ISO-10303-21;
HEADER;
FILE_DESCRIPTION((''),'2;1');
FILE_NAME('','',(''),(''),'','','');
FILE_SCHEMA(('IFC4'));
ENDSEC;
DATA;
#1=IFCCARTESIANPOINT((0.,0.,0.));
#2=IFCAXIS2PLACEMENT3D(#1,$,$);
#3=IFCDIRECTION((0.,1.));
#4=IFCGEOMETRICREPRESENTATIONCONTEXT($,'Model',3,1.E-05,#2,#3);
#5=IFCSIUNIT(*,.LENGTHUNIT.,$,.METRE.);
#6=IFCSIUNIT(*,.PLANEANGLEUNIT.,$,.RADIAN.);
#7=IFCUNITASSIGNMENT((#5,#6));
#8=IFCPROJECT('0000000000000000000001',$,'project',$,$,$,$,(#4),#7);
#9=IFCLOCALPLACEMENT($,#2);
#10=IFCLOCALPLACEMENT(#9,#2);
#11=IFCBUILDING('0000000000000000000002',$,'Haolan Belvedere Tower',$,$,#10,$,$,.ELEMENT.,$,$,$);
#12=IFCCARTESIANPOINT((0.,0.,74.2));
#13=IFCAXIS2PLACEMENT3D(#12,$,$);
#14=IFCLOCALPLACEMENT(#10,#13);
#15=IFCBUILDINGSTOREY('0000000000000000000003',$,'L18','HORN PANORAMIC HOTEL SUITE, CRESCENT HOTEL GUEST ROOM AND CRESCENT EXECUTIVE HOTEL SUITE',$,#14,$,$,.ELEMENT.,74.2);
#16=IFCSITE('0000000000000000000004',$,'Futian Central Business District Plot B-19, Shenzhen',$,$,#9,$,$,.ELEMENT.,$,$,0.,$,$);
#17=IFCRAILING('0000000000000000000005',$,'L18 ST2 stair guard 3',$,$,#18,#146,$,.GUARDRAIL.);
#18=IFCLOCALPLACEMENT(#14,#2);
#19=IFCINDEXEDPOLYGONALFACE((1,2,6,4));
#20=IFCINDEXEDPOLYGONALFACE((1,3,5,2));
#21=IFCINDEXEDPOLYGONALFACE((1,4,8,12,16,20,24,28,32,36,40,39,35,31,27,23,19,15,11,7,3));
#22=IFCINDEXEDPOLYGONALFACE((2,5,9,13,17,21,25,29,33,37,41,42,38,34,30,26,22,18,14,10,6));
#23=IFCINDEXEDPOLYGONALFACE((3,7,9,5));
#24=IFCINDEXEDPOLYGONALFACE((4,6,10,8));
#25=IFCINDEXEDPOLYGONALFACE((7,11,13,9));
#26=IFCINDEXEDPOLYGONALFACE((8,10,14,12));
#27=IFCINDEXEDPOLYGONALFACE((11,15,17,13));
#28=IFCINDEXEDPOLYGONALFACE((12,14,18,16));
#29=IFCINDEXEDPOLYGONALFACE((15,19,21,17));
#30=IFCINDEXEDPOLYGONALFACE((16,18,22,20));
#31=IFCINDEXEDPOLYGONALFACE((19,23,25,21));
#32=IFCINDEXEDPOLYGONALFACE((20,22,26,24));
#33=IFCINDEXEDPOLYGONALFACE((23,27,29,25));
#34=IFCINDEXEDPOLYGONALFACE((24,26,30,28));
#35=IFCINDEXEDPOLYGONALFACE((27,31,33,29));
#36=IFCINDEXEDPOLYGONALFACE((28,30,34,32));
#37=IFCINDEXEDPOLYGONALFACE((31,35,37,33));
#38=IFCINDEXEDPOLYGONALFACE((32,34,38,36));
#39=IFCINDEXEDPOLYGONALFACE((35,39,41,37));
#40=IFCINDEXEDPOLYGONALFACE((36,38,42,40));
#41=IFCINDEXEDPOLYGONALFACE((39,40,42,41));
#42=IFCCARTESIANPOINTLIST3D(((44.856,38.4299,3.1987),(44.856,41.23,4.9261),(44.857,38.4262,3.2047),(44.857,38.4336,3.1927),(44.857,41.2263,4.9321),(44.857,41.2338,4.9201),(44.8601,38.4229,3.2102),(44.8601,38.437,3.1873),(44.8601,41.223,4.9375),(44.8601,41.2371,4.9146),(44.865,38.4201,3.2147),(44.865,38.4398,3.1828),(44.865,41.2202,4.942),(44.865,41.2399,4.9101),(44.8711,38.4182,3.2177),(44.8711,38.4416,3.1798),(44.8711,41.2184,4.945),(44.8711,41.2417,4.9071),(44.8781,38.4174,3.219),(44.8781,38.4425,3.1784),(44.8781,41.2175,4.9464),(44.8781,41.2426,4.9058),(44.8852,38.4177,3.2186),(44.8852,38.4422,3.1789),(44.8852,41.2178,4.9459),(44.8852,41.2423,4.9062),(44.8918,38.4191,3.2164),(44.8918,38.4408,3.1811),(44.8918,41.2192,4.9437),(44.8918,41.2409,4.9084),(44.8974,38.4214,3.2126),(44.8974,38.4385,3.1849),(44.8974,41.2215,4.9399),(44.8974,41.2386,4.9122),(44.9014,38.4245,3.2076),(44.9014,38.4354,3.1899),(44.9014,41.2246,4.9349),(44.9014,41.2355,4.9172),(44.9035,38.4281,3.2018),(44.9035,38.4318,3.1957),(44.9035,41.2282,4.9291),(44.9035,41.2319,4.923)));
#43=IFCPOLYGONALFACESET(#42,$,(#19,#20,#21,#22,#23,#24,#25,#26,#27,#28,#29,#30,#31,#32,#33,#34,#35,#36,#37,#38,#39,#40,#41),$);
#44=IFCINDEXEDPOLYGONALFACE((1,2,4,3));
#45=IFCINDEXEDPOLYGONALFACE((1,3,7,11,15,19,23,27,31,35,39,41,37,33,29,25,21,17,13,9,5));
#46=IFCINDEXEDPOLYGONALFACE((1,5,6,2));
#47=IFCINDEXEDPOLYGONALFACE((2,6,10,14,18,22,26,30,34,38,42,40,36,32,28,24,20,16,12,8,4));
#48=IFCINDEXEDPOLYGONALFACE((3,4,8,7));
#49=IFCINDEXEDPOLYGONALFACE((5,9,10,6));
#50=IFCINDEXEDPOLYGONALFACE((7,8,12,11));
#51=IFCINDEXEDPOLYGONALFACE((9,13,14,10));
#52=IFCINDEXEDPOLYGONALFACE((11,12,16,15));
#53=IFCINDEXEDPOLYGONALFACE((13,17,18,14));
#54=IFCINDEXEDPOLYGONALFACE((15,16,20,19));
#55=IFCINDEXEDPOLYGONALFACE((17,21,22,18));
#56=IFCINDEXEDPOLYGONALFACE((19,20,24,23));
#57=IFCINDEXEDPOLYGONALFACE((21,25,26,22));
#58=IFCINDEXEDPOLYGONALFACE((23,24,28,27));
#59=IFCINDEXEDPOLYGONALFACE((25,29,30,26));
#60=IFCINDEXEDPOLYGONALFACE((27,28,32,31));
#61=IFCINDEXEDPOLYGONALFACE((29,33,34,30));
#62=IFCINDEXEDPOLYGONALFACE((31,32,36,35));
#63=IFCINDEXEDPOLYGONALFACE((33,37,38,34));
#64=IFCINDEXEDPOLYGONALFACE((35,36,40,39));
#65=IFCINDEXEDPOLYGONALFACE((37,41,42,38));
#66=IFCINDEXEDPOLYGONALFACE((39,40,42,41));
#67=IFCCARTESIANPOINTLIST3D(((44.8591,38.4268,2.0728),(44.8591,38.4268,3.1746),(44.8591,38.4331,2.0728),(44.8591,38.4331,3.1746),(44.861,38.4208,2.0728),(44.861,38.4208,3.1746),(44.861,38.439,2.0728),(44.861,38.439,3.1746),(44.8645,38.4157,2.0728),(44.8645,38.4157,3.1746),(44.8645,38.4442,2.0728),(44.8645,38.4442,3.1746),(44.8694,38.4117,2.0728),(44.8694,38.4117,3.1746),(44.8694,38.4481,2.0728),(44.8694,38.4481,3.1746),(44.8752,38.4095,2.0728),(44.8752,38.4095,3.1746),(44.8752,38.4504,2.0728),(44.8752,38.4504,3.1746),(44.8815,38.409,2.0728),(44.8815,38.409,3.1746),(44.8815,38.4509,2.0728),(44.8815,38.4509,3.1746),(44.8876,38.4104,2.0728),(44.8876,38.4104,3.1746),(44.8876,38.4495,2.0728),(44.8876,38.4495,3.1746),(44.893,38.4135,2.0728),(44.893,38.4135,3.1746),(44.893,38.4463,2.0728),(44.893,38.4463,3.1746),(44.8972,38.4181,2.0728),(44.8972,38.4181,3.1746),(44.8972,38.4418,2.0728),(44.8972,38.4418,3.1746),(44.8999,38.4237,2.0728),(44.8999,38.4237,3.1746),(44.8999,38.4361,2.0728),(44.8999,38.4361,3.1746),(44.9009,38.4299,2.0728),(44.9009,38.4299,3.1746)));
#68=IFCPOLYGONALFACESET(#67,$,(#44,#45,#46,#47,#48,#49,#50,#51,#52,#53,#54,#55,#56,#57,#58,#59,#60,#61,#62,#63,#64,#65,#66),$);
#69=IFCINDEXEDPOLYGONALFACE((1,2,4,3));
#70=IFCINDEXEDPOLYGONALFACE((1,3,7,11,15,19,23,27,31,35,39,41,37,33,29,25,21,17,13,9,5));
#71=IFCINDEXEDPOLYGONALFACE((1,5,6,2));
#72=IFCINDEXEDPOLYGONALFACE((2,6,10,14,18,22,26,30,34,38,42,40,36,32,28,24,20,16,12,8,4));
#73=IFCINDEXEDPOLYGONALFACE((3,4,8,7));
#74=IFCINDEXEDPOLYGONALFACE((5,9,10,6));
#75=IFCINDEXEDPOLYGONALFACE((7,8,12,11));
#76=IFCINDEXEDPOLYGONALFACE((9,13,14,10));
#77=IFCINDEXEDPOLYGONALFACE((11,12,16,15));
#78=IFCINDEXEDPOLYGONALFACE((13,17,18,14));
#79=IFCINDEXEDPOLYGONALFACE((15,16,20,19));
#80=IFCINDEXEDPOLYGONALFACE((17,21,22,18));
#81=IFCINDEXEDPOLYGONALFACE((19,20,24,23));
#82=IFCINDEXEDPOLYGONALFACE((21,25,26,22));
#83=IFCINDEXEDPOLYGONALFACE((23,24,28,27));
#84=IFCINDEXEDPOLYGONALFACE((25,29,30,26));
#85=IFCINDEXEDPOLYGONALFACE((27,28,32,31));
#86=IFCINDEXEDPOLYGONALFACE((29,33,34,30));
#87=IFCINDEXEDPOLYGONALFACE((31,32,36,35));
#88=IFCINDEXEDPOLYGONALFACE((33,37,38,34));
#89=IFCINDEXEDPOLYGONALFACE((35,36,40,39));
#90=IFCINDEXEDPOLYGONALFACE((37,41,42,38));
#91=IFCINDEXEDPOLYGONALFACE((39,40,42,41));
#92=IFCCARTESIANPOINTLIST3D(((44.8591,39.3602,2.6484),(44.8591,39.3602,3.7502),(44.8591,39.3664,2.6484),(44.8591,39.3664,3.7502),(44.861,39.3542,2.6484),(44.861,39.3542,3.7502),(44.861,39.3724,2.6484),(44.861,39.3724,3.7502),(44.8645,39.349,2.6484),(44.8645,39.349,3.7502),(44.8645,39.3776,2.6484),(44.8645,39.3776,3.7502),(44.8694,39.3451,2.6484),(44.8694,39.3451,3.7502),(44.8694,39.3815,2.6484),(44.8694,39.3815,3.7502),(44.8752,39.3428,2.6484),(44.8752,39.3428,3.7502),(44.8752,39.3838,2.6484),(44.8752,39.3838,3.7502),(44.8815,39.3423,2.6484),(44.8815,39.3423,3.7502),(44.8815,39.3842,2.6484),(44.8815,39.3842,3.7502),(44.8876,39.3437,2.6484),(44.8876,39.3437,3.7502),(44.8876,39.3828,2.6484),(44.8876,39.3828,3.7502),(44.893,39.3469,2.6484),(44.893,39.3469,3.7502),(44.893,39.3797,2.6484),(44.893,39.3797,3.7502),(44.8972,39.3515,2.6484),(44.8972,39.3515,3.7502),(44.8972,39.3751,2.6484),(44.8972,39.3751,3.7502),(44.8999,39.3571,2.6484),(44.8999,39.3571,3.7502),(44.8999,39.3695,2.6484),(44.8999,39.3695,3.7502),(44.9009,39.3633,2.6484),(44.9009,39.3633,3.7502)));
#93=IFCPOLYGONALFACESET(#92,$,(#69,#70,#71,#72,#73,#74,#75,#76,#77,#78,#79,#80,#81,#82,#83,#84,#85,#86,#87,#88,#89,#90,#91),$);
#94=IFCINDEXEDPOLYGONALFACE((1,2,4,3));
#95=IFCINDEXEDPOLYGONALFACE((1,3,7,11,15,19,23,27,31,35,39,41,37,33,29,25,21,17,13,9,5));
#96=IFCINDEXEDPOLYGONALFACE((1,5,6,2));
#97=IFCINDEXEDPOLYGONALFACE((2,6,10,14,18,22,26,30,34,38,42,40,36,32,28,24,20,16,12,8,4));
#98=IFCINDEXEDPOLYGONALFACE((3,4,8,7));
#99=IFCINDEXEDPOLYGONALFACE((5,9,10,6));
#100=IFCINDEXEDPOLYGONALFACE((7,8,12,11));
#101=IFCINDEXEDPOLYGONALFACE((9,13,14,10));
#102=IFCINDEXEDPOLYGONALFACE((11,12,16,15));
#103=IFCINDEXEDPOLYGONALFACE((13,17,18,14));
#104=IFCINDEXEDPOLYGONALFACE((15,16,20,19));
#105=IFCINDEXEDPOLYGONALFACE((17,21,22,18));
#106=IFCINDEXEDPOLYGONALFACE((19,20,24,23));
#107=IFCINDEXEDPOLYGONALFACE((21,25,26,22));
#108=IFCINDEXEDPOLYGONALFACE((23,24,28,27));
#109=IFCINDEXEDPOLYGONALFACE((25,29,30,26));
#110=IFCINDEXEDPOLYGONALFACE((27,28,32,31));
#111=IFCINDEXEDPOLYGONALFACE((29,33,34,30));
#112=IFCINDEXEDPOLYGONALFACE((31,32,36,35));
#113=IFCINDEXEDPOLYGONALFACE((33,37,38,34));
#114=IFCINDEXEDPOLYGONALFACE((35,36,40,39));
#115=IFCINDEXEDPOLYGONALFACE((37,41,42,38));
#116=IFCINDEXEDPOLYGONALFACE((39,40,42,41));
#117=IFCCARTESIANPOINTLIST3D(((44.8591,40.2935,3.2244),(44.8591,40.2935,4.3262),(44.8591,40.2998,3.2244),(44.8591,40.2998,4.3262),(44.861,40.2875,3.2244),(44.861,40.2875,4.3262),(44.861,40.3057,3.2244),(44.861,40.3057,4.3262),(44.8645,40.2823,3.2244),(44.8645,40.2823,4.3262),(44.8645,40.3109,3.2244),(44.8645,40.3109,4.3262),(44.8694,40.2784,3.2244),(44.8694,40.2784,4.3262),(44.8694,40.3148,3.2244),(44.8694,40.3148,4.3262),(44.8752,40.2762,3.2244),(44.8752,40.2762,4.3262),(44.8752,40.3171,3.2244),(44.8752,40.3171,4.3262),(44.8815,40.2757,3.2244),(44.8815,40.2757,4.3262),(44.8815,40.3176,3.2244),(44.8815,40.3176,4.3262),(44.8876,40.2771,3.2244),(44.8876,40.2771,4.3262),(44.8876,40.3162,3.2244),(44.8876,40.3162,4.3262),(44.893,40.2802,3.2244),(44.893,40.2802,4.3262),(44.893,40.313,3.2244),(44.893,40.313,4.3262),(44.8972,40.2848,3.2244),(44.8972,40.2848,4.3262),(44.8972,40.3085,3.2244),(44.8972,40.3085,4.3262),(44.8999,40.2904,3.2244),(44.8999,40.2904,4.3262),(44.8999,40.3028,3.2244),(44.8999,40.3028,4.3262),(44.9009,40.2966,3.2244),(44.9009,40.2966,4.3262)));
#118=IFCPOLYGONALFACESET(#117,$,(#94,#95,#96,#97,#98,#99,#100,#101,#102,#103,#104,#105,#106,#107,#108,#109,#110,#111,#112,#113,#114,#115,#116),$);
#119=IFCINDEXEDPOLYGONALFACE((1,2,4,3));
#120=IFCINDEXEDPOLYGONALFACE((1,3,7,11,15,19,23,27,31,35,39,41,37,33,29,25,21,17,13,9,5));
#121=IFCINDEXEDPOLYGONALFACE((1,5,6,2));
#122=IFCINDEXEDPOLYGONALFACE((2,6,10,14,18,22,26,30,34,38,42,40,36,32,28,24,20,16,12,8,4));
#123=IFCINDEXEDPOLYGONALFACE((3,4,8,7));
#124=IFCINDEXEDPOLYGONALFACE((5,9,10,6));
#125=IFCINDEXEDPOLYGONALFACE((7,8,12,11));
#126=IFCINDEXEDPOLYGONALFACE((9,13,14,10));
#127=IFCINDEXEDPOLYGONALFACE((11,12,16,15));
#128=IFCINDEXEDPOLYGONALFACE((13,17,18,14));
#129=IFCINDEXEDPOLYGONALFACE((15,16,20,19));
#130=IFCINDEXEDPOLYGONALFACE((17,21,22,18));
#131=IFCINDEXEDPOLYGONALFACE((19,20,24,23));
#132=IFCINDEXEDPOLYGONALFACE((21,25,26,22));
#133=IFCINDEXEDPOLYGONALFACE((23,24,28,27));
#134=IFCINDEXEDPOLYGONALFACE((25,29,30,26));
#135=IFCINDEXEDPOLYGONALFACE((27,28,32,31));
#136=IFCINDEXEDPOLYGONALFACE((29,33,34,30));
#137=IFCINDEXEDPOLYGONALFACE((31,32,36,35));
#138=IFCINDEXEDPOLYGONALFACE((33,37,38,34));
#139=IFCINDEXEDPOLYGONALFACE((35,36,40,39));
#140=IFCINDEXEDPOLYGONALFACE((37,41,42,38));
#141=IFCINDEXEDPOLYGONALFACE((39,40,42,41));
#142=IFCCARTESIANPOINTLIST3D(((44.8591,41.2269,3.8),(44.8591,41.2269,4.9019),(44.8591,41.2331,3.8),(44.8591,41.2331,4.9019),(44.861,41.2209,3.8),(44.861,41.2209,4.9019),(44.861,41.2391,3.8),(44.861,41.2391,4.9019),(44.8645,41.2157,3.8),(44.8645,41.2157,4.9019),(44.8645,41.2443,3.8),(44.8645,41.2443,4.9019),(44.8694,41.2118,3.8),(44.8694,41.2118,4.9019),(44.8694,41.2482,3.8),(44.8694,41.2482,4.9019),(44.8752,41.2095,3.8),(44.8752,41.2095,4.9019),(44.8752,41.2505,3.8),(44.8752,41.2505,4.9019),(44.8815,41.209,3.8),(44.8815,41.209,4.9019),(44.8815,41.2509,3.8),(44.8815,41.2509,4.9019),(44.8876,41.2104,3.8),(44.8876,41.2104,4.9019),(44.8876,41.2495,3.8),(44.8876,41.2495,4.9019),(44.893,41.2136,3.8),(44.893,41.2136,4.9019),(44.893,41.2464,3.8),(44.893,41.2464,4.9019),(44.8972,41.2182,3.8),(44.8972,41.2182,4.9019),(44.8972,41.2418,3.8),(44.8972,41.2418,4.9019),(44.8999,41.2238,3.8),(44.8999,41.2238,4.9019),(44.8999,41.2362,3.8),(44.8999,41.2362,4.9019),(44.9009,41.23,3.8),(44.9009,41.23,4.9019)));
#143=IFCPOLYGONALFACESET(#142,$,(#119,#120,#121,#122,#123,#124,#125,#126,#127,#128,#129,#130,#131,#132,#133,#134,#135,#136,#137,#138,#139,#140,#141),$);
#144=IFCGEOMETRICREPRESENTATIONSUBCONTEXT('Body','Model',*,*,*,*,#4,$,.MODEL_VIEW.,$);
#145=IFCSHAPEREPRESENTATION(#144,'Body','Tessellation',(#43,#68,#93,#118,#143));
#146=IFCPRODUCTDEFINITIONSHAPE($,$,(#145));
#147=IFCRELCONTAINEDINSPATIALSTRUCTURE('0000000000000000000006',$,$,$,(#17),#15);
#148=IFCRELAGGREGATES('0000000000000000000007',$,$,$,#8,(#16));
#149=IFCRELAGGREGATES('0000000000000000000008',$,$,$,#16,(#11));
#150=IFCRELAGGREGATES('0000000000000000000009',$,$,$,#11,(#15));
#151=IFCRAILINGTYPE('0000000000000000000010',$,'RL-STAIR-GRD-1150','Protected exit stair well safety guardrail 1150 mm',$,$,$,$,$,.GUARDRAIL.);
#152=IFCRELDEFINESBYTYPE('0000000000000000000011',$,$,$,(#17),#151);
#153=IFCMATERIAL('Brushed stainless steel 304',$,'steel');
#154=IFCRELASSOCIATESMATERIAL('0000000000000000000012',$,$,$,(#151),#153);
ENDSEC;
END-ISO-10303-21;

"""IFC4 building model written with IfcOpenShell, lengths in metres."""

from ifc_helpers import new_model, si_unit, direction, frame, origin, origin_2d, place, context, subcontext, project, spatial, circle, extrude, material, type_object, element, save


model = new_model("IFC4")

# Units and contexts
model_context = context("Model", 3, precision=1e-05, world=origin(), true_north=direction((0.0, 1.0)))
body_context = subcontext(model_context, "Body", "Model", "MODEL_VIEW")
ifc_project = project(units=[si_unit("LENGTHUNIT", "METRE"), si_unit("PLANEANGLEUNIT", "RADIAN")], contexts=[model_context])

# Site, building, storey
site_placement = place(None, origin())
site = spatial("IfcSite", under=ifc_project, at=site_placement, Name="Futian Central Business District Plot B-19, Shenzhen", CompositionType="ELEMENT", RefElevation=0.0)
building_placement = place(site_placement, origin())
building = spatial("IfcBuilding", under=site, at=building_placement, Name="Haolan Belvedere Tower", CompositionType="ELEMENT")
storey_placement = place(building_placement, frame((0.0, 0.0, 74.2)))
storey = spatial("IfcBuildingStorey", under=building, at=storey_placement, Name="L18", Description="HORN PANORAMIC HOTEL SUITE, CRESCENT HOTEL GUEST ROOM AND CRESCENT EXECUTIVE HOTEL SUITE", CompositionType="ELEMENT", Elevation=74.2)

# Railing
ifc_material_1 = material(Name="Brushed stainless steel 304", Category="steel")
railing_type_1 = type_object("IfcRailingType", Name="RL-STAIR-GRD-1150", Description="Protected exit stair well safety guardrail 1150 mm", PredefinedType="GUARDRAIL", material=ifc_material_1)
railing_1_placement = place(storey_placement, frame((44.8799, 38.4299, 2.0728)))
element("IfcRailing", 1, at=railing_1_placement, inside=storey, type_object=railing_type_1, Name="L18 ST2 stair guard 3", PredefinedType="GUARDRAIL", context=body_context, shape_type="SweptSolid", body=[
    extrude(circle(Radius=0.0239, at=origin_2d()), frame((0.0, 0.0, 1.126), z_axis=(0.0, 0.85109, 0.52502), x_axis=(-1.0, 0.0, 0.0)), (0.0, 0.0, 1.0), 3.29),
    extrude(circle(Radius=0.021, at=origin_2d()), origin(), (0.0, 0.0, 1.0), 1.1018),
    extrude(circle(Radius=0.021, at=origin_2d()), frame((0.0, 0.9333, 0.5757)), (0.0, 0.0, 1.0), 1.1018),
    extrude(circle(Radius=0.021, at=origin_2d()), frame((0.0, 1.8667, 1.1516)), (0.0, 0.0, 1.0), 1.1018),
    extrude(circle(Radius=0.021, at=origin_2d()), frame((0.0, 2.8, 1.7273)), (0.0, 0.0, 1.0), 1.1018),
])

save(model, "model.ifc")
